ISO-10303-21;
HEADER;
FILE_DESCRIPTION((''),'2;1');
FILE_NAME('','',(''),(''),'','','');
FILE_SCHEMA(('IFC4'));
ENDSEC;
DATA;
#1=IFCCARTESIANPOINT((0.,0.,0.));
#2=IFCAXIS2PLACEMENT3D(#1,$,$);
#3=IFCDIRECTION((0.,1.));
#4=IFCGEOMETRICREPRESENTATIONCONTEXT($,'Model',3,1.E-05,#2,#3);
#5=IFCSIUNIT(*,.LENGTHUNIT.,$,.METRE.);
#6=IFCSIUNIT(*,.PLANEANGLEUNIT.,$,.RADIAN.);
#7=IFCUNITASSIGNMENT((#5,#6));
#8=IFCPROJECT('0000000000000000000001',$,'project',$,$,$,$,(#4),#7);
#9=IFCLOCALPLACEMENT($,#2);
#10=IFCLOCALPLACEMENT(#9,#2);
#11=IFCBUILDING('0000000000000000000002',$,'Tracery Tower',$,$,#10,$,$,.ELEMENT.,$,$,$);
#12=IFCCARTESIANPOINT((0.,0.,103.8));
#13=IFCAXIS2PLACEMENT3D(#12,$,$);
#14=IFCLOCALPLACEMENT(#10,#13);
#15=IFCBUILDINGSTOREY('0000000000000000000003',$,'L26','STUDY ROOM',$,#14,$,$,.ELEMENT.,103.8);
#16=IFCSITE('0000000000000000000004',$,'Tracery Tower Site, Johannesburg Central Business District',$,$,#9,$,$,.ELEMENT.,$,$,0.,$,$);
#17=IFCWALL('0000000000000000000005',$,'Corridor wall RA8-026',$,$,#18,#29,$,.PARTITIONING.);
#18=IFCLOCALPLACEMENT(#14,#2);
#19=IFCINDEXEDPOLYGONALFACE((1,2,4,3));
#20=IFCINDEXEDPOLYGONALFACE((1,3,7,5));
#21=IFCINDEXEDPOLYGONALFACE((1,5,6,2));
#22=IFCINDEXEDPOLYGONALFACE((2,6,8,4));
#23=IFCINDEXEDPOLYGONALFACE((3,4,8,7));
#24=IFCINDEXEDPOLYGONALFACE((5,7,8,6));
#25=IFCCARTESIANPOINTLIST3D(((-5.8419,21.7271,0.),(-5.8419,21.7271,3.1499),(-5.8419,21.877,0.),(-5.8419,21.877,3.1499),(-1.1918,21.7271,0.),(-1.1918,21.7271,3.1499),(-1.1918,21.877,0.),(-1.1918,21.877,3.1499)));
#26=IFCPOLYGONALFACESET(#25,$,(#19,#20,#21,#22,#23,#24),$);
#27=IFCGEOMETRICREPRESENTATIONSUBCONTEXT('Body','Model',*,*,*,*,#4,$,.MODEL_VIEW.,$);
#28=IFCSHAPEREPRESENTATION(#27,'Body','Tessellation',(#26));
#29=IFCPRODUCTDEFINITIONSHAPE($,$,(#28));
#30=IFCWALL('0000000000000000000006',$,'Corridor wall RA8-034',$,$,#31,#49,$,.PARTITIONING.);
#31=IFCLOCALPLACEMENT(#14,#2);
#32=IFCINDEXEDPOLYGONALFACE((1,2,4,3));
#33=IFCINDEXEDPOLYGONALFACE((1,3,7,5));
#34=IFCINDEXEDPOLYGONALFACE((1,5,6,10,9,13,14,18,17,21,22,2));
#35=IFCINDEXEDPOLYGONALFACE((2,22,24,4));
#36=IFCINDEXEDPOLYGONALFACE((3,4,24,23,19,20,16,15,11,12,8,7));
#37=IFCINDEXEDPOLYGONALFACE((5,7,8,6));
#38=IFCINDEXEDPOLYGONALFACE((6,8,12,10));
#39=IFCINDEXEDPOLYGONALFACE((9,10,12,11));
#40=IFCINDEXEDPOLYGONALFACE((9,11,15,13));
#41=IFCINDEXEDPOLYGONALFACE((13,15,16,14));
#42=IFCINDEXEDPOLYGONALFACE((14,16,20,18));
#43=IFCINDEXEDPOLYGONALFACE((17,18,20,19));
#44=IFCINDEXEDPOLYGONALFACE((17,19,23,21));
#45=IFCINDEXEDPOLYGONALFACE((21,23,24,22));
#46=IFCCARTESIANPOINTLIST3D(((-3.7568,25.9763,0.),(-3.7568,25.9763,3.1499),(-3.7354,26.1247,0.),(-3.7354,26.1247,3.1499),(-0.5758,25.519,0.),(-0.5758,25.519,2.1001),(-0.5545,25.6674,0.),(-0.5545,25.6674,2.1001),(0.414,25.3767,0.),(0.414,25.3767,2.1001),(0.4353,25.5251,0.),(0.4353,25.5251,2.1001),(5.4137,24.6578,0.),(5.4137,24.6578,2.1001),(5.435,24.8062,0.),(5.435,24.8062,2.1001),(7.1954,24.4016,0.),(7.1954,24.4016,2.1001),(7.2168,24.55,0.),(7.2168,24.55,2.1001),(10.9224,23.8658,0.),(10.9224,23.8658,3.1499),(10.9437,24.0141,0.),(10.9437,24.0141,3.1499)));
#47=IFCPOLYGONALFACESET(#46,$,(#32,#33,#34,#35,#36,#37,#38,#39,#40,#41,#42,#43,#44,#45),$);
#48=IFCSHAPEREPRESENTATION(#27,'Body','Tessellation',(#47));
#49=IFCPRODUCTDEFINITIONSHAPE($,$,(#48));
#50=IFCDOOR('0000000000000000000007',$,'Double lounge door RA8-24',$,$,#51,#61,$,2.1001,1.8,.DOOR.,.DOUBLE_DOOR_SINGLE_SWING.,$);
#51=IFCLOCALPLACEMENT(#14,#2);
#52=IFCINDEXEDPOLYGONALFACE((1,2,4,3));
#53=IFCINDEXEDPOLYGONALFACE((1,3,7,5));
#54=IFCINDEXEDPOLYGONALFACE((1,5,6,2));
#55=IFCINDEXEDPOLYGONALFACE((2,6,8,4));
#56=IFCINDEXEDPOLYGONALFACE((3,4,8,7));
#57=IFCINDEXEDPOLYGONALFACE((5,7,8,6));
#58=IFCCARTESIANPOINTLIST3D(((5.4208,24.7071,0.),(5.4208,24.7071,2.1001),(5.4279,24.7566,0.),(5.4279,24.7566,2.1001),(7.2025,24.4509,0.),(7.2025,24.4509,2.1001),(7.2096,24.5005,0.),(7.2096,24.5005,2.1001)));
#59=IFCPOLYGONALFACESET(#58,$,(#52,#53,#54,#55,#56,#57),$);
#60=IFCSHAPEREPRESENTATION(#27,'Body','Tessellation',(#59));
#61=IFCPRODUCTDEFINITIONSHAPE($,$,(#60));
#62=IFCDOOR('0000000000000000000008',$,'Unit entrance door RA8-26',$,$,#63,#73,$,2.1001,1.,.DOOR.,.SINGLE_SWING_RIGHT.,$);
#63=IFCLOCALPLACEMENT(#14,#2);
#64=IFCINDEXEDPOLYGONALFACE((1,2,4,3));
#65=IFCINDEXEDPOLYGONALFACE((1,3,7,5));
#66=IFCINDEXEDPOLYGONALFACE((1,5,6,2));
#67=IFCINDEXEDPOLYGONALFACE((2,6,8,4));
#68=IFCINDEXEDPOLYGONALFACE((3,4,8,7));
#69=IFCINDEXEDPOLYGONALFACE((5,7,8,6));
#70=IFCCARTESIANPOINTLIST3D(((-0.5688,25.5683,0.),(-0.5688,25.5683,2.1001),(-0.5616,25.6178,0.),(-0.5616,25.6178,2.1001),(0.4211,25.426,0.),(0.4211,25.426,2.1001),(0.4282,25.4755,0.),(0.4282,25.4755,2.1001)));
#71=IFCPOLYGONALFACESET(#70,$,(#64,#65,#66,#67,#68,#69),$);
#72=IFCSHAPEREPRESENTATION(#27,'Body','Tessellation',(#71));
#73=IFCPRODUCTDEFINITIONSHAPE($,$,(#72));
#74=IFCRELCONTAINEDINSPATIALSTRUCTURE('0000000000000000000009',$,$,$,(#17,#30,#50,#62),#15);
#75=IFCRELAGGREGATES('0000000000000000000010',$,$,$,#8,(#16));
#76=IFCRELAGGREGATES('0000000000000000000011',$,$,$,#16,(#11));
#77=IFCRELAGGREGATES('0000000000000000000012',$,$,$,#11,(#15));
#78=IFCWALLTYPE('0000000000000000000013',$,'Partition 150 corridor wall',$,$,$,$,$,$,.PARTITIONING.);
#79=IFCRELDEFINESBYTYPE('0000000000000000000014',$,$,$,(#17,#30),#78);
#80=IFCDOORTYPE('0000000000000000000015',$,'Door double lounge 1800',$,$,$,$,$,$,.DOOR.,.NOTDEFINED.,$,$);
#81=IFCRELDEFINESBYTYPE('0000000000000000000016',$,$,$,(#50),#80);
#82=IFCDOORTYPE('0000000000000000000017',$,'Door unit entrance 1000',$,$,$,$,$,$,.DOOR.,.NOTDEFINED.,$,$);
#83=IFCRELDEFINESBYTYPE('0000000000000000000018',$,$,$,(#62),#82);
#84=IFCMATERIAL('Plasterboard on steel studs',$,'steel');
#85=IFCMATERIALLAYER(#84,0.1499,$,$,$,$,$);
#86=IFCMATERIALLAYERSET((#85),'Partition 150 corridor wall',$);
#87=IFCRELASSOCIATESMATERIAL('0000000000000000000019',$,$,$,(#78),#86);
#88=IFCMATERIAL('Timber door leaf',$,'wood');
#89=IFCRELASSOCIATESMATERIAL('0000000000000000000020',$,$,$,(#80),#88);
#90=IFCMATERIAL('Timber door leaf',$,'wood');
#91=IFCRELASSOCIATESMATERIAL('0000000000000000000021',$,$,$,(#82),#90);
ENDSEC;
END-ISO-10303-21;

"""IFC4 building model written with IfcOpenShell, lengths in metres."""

from ifc_helpers import new_model, si_unit, direction, frame, frame_2d, origin, place, context, subcontext, project, spatial, rectangle, extrude, material, layer, layer_set, type_object, element, fill, save


model = new_model("IFC4")

# Units and contexts
model_context = context("Model", 3, precision=1e-05, world=origin(), true_north=direction((0.0, 1.0)))
body_context = subcontext(model_context, "Body", "Model", "MODEL_VIEW")
ifc_project = project(units=[si_unit("LENGTHUNIT", "METRE"), si_unit("PLANEANGLEUNIT", "RADIAN")], contexts=[model_context])

# Site, building, storey
site_placement = place(None, origin())
site = spatial("IfcSite", under=ifc_project, at=site_placement, Name="Tracery Tower Site, Johannesburg Central Business District", CompositionType="ELEMENT", RefElevation=0.0)
building_placement = place(site_placement, origin())
building = spatial("IfcBuilding", under=site, at=building_placement, Name="Tracery Tower", CompositionType="ELEMENT")
storey_placement = place(building_placement, frame((0.0, 0.0, 103.8)))
storey = spatial("IfcBuildingStorey", under=building, at=storey_placement, Name="L26", Description="STUDY ROOM", CompositionType="ELEMENT", Elevation=103.8)

# Wall
ifc_material_1 = material(Name="Plasterboard on steel studs", Category="steel")
ifc_layer_1 = layer(ifc_material_1, 0.1499)
ifc_layer_set_1 = layer_set([ifc_layer_1], Name="Partition 150 corridor wall")
wall_type_1 = type_object("IfcWallType", Name="Partition 150 corridor wall", PredefinedType="PARTITIONING", material=ifc_layer_set_1)
wall_1_placement = place(storey_placement, frame((-5.842, 21.802, 0.0), z_axis=(0.0, 0.0, 1.0), x_axis=(1.0, 0.0, 0.0)))
element("IfcWall", 1, at=wall_1_placement, inside=storey, type_object=wall_type_1, Name="Corridor wall RA8-026", PredefinedType="PARTITIONING", context=body_context, shape_type="SweptSolid", body=[
    extrude(rectangle(XDim=4.6501, YDim=0.1499, at=frame_2d((2.3252, 0.0))), origin(), (0.0, 0.0, 1.0), 3.1499),
])

# Wall, openings, doors
wall_2_placement = place(storey_placement, frame((-3.7461, 26.0505, 0.0), z_axis=(0.0, 0.0, 1.0), x_axis=(0.989821, -0.142318, 0.0)))
wall_2 = element("IfcWall", 2, at=wall_2_placement, inside=storey, type_object=wall_type_1, Name="Corridor wall RA8-034", PredefinedType="PARTITIONING", context=body_context, shape_type="SweptSolid", body=[
    extrude(rectangle(XDim=14.8301, YDim=0.1499, at=frame_2d((7.415, 0.0))), origin(), (0.0, 0.0, 1.0), 3.1499),
])
opening_1_placement = place(wall_2_placement, frame((9.2649, 0.0, 0.0)))
opening_1 = element("IfcOpeningElement", 3, at=opening_1_placement, cuts=wall_2, PredefinedType="OPENING", context=body_context, shape_type="SweptSolid", body=[
    extrude(rectangle(XDim=1.8, YDim=2.1001, at=frame_2d((0.8999, 1.05))), frame((0.0, 0.075, 0.0), z_axis=(0.0, -1.0, 0.0), x_axis=(1.0, 0.0, 0.0)), (0.0, 0.0, 1.0), 0.1499),
])
opening_2_placement = place(wall_2_placement, frame((3.2136, 0.0, 0.0)))
opening_2 = element("IfcOpeningElement", 4, at=opening_2_placement, cuts=wall_2, PredefinedType="OPENING", context=body_context, shape_type="SweptSolid", body=[
    extrude(rectangle(XDim=1.0, YDim=2.1001, at=frame_2d((0.5, 1.05))), frame((0.0, 0.075, 0.0), z_axis=(0.0, -1.0, 0.0), x_axis=(1.0, 0.0, 0.0)), (0.0, 0.0, 1.0), 0.1499),
])
ifc_material_2 = material(Name="Timber door leaf", Category="wood")
door_type_1 = type_object("IfcDoorType", Name="Door double lounge 1800", OperationType="NOTDEFINED", PredefinedType="DOOR", material=ifc_material_2)
door_1_placement = place(opening_1_placement, origin())
door_1 = element("IfcDoor", 5, at=door_1_placement, inside=storey, type_object=door_type_1, Name="Double lounge door RA8-24", OperationType="DOUBLE_DOOR_SINGLE_SWING", OverallHeight=2.1001, OverallWidth=1.8, PredefinedType="DOOR", context=body_context, shape_type="SweptSolid", body=[
    extrude(rectangle(XDim=1.8, YDim=2.1001, at=frame_2d((0.8999, 1.05))), frame((0.0, 0.0249, 0.0), z_axis=(0.0, -1.0, 0.0), x_axis=(1.0, 0.0, 0.0)), (0.0, 0.0, 1.0), 0.05),
])
fill(opening_1, door_1)
ifc_material_3 = material(Name="Timber door leaf", Category="wood")
door_type_2 = type_object("IfcDoorType", Name="Door unit entrance 1000", OperationType="NOTDEFINED", PredefinedType="DOOR", material=ifc_material_3)
door_2_placement = place(opening_2_placement, origin())
door_2 = element("IfcDoor", 6, at=door_2_placement, inside=storey, type_object=door_type_2, Name="Unit entrance door RA8-26", OperationType="SINGLE_SWING_RIGHT", OverallHeight=2.1001, OverallWidth=1.0, PredefinedType="DOOR", context=body_context, shape_type="SweptSolid", body=[
    extrude(rectangle(XDim=1.0, YDim=2.1001, at=frame_2d((0.5, 1.05))), frame((0.0, 0.0249, 0.0), z_axis=(0.0, -1.0, 0.0), x_axis=(1.0, 0.0, 0.0)), (0.0, 0.0, 1.0), 0.05),
])
fill(opening_2, door_2)

save(model, "model.ifc")
